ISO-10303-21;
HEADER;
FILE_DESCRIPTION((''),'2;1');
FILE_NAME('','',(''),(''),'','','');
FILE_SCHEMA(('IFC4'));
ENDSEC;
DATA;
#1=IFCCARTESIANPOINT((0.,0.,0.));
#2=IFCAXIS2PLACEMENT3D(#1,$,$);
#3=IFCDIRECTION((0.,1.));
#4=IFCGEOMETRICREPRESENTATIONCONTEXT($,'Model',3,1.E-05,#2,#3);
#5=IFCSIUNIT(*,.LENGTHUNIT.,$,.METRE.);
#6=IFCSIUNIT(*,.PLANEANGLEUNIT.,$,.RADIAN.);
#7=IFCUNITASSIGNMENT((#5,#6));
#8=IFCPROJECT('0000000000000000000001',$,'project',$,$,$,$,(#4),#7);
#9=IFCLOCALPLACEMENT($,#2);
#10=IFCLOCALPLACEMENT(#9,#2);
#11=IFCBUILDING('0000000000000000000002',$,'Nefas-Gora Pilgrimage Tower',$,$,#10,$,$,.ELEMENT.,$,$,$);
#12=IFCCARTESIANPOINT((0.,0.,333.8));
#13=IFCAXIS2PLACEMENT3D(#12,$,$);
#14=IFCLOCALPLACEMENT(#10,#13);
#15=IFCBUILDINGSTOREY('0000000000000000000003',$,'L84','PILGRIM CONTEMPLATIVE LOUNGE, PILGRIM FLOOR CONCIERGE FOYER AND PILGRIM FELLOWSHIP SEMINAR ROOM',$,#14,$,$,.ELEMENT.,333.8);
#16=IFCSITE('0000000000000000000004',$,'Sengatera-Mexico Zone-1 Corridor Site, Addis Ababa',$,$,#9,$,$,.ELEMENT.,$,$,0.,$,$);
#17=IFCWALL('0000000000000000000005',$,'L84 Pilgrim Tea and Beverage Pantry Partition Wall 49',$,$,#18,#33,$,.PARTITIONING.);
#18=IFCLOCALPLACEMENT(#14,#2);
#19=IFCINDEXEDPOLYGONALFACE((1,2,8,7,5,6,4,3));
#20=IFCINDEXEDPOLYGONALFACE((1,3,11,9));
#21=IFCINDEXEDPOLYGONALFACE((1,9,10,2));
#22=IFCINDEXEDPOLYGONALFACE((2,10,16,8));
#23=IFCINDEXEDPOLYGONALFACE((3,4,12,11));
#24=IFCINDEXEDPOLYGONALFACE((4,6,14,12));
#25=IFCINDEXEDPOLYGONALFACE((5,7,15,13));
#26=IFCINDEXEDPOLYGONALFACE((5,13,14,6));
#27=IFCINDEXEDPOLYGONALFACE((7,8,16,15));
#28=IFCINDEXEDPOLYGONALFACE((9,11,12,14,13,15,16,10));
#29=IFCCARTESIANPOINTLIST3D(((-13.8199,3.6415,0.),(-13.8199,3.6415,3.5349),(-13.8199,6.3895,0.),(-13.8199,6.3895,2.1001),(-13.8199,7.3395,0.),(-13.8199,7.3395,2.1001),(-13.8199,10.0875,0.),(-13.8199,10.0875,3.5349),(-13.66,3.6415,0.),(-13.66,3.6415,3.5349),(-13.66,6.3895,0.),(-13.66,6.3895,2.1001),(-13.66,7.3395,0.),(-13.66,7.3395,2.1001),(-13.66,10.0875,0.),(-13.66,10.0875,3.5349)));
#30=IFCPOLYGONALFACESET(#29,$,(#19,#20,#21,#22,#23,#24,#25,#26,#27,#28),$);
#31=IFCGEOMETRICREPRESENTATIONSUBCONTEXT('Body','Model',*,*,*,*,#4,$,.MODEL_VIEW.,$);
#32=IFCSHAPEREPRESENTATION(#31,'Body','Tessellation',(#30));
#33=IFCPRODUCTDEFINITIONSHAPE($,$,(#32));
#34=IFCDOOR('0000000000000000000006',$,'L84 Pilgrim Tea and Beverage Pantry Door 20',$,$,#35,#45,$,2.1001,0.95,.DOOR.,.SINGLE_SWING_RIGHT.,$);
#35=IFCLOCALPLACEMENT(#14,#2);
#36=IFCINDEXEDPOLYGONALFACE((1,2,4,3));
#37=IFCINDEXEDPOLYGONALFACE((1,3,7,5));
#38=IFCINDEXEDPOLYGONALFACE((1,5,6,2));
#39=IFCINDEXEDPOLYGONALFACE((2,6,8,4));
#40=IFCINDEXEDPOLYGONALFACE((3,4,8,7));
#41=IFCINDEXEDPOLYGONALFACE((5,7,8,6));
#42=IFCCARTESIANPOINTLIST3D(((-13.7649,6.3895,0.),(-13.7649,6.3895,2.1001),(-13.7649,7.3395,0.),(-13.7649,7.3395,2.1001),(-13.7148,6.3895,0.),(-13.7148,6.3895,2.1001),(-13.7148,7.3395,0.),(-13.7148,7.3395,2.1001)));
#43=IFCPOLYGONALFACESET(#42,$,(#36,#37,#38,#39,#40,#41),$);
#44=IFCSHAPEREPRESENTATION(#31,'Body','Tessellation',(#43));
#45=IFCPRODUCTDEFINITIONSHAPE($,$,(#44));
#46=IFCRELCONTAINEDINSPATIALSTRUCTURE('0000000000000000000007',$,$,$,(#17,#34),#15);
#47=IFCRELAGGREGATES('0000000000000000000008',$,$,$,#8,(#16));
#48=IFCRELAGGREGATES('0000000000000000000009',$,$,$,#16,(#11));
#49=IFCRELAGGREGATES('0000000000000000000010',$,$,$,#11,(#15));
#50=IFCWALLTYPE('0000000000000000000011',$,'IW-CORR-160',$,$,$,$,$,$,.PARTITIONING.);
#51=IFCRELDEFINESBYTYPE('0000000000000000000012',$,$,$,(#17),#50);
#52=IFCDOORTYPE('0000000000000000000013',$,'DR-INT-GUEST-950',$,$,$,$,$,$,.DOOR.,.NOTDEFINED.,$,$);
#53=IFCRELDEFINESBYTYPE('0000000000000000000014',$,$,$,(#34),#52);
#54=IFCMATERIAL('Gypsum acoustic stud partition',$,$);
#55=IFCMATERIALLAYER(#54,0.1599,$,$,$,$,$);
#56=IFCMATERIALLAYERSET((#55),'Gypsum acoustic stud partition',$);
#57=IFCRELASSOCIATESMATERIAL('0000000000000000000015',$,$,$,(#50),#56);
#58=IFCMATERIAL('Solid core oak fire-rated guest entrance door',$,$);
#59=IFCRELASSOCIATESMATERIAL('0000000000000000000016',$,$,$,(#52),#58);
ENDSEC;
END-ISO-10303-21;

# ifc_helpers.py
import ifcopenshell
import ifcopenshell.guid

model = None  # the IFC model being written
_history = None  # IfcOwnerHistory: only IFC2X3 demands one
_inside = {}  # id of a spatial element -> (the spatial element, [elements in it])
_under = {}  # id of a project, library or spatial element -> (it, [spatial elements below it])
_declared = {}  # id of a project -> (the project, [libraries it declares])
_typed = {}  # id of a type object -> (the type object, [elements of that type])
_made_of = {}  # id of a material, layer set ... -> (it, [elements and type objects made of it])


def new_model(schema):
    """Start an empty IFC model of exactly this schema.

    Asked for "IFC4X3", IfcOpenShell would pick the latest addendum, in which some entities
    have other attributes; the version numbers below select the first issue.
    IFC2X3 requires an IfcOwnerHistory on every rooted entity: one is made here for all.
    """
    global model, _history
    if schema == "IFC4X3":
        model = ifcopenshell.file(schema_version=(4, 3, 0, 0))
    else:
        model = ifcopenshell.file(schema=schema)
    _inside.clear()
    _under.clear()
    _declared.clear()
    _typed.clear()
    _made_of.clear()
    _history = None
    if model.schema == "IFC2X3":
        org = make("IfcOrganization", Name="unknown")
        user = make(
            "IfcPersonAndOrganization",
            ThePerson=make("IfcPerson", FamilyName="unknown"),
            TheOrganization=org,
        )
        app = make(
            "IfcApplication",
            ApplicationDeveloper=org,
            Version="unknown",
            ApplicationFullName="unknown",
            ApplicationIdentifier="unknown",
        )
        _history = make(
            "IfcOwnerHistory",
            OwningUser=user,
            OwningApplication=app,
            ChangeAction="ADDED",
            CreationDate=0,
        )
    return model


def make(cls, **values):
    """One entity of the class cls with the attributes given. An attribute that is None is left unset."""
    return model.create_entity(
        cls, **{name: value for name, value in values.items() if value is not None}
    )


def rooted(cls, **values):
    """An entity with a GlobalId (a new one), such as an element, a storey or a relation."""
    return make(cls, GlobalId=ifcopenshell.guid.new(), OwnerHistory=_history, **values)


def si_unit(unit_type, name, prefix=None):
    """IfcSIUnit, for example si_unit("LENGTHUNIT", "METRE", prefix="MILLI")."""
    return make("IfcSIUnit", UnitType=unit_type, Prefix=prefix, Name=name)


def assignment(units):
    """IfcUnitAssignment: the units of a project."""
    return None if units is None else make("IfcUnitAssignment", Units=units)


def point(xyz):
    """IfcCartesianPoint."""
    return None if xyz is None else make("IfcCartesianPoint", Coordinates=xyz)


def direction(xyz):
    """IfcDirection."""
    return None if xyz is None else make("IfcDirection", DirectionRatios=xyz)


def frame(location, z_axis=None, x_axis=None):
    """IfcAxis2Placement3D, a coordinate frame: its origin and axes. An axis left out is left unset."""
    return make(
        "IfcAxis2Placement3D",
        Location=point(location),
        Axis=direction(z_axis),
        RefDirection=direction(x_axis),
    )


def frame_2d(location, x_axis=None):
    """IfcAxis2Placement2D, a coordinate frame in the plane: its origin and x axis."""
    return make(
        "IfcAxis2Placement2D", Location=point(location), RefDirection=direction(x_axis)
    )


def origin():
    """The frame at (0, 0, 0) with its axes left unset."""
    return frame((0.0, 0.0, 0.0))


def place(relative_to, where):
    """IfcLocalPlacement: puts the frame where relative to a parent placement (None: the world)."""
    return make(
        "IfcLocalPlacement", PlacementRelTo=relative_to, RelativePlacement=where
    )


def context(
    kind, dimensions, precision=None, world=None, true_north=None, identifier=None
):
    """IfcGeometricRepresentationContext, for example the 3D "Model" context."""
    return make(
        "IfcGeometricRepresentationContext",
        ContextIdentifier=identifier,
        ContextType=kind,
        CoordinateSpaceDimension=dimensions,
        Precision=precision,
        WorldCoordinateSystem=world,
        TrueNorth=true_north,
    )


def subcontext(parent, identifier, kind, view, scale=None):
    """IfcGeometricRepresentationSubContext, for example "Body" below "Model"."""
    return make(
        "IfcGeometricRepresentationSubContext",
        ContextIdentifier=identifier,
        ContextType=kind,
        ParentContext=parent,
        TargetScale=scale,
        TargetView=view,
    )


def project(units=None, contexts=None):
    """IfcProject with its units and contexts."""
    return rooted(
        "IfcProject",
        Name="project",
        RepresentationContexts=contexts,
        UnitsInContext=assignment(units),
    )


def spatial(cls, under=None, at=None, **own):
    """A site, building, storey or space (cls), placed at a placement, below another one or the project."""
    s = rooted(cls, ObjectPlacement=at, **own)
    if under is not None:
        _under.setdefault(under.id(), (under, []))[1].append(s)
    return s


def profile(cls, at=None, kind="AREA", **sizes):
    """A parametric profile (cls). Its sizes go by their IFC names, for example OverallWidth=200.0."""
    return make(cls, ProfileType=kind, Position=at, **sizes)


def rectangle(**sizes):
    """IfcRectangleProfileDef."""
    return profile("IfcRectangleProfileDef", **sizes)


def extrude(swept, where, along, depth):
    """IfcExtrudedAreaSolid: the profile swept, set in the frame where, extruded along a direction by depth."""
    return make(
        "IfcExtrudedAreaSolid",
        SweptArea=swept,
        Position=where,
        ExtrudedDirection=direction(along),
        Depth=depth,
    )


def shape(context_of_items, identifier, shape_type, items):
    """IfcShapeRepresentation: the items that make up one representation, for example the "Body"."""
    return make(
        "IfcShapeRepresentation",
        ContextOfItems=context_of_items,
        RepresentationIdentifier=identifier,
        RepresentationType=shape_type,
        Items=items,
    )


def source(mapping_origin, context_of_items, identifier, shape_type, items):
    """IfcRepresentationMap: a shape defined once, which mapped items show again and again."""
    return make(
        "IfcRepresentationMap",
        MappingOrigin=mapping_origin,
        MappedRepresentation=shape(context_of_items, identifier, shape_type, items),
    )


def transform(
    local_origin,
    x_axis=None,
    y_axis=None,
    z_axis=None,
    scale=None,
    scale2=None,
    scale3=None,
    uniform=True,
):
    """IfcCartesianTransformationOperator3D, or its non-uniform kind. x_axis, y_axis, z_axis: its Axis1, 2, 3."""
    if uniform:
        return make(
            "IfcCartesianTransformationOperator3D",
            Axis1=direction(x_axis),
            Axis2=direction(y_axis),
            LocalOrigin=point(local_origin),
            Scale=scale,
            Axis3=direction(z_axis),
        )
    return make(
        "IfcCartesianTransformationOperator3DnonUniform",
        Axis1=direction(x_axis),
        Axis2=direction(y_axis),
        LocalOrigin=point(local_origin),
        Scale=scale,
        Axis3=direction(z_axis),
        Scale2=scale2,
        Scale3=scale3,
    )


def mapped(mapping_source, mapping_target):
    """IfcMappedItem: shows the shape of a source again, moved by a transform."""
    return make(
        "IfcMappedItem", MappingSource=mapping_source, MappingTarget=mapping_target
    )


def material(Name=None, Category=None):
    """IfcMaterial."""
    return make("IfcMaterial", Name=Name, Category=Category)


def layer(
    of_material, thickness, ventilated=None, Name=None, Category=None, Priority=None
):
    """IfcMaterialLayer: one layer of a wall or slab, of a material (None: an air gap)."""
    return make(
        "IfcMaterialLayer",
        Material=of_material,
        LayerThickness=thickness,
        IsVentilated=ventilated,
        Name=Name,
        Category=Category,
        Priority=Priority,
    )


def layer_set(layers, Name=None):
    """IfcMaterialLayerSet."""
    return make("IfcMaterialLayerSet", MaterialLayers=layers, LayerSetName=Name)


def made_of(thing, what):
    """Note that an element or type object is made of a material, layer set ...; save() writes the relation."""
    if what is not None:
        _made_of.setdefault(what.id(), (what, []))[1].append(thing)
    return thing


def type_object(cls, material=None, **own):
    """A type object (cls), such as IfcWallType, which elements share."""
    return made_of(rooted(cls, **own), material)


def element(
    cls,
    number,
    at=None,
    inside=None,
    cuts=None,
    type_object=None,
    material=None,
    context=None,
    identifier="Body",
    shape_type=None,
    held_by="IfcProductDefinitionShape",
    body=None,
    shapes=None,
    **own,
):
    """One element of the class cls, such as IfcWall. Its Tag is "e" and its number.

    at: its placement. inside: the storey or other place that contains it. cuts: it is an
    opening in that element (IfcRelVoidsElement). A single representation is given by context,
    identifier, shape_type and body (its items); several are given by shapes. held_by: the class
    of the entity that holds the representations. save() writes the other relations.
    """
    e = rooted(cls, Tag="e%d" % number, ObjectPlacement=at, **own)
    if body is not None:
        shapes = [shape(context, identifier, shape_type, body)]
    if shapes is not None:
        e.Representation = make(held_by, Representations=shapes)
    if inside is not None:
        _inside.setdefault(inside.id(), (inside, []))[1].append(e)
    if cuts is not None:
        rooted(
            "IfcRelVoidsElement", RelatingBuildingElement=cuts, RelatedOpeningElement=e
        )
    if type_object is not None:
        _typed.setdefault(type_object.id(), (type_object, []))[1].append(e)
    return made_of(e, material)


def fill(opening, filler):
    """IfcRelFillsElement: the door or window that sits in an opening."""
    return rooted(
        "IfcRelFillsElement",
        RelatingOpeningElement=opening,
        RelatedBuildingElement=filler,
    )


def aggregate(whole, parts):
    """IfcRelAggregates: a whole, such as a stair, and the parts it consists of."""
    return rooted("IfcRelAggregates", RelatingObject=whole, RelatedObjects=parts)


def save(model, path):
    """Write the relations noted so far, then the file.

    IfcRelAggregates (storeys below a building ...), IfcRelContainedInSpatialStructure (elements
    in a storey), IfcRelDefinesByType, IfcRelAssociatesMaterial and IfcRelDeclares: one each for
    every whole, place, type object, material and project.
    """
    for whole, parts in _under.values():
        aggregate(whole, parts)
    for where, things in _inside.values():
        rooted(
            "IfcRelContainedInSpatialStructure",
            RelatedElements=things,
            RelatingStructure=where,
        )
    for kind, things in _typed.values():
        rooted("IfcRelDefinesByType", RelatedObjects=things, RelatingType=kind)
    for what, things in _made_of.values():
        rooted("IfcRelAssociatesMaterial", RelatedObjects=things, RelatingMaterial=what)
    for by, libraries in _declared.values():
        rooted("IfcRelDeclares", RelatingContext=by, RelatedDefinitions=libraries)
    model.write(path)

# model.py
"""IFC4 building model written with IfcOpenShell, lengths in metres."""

from ifc_helpers import new_model, si_unit, direction, frame, frame_2d, origin, place, context, subcontext, project, spatial, rectangle, extrude, source, transform, mapped, material, layer, layer_set, type_object, element, fill, save


model = new_model("IFC4")

# Units and contexts
model_context = context("Model", 3, precision=1e-05, world=origin(), true_north=direction((0.0, 1.0)))
body_context = subcontext(model_context, "Body", "Model", "MODEL_VIEW")
ifc_project = project(units=[si_unit("LENGTHUNIT", "METRE"), si_unit("PLANEANGLEUNIT", "RADIAN")], contexts=[model_context])

# Site, building, storey
site_placement = place(None, origin())
site = spatial("IfcSite", under=ifc_project, at=site_placement, Name="Sengatera-Mexico Zone-1 Corridor Site, Addis Ababa", CompositionType="ELEMENT", RefElevation=0.0)
building_placement = place(site_placement, origin())
building = spatial("IfcBuilding", under=site, at=building_placement, Name="Nefas-Gora Pilgrimage Tower", CompositionType="ELEMENT")
storey_placement = place(building_placement, frame((0.0, 0.0, 333.8)))
storey = spatial("IfcBuildingStorey", under=building, at=storey_placement, Name="L84", Description="PILGRIM CONTEMPLATIVE LOUNGE, PILGRIM FLOOR CONCIERGE FOYER AND PILGRIM FELLOWSHIP SEMINAR ROOM", CompositionType="ELEMENT", Elevation=333.8)

# Wall, opening, door
ifc_material_1 = material(Name="Gypsum acoustic stud partition")
ifc_layer_1 = layer(ifc_material_1, 0.1599)
ifc_layer_set_1 = layer_set([ifc_layer_1], Name="Gypsum acoustic stud partition")
wall_type_1 = type_object("IfcWallType", Name="IW-CORR-160", PredefinedType="PARTITIONING", material=ifc_layer_set_1)
shared_shape_1 = source(origin(), body_context, "Body", "SweptSolid", [
    extrude(rectangle(XDim=6.446, YDim=0.1599, at=frame_2d((3.2231, 0.0))), origin(), (0.0, 0.0, 1.0), 3.5349),
])
wall_1_placement = place(storey_placement, frame((-13.74, 3.6414, 0.0), z_axis=(0.0, 0.0, 1.0), x_axis=(0.0, 1.0, 0.0)))
wall_1 = element("IfcWall", 1, at=wall_1_placement, inside=storey, type_object=wall_type_1, Name="L84 Pilgrim Tea and Beverage Pantry Partition Wall 49", PredefinedType="PARTITIONING", context=body_context, shape_type="MappedRepresentation", body=[
    mapped(shared_shape_1, transform((0.0, 0.0, 0.0), x_axis=(1.0, 0.0, 0.0), y_axis=(0.0, 1.0, 0.0), z_axis=(0.0, 0.0, 1.0), scale=1.0)),
])
opening_placement = place(wall_1_placement, frame((2.748, 0.0, 0.0)))
opening = element("IfcOpeningElement", 2, at=opening_placement, cuts=wall_1, PredefinedType="OPENING", context=body_context, shape_type="SweptSolid", body=[
    extrude(rectangle(XDim=0.95, YDim=2.1001, at=frame_2d((0.4751, 1.05))), frame((0.0, 0.0898, 0.0), z_axis=(0.0, -1.0, 0.0), x_axis=(1.0, 0.0, 0.0)), (0.0, 0.0, 1.0), 0.1799),
])
ifc_material_2 = material(Name="Solid core oak fire-rated guest entrance door")
door_type = type_object("IfcDoorType", Name="DR-INT-GUEST-950", OperationType="NOTDEFINED", PredefinedType="DOOR", material=ifc_material_2)
shared_shape_2 = source(origin(), body_context, "Body", "SweptSolid", [
    extrude(rectangle(XDim=0.95, YDim=2.1001, at=frame_2d((0.4751, 1.05))), frame((0.0, 0.0249, 0.0), z_axis=(0.0, -1.0, 0.0), x_axis=(1.0, 0.0, 0.0)), (0.0, 0.0, 1.0), 0.05),
])
door_placement = place(opening_placement, origin())
door = element("IfcDoor", 3, at=door_placement, inside=storey, type_object=door_type, Name="L84 Pilgrim Tea and Beverage Pantry Door 20", OperationType="SINGLE_SWING_RIGHT", OverallHeight=2.1001, OverallWidth=0.95, PredefinedType="DOOR", context=body_context, shape_type="MappedRepresentation", body=[
    mapped(shared_shape_2, transform((0.0, 0.0, 0.0), x_axis=(1.0, 0.0, 0.0), y_axis=(0.0, 1.0, 0.0), z_axis=(0.0, 0.0, 1.0), scale=1.0)),
])
fill(opening, door)

save(model, "model.ifc")
